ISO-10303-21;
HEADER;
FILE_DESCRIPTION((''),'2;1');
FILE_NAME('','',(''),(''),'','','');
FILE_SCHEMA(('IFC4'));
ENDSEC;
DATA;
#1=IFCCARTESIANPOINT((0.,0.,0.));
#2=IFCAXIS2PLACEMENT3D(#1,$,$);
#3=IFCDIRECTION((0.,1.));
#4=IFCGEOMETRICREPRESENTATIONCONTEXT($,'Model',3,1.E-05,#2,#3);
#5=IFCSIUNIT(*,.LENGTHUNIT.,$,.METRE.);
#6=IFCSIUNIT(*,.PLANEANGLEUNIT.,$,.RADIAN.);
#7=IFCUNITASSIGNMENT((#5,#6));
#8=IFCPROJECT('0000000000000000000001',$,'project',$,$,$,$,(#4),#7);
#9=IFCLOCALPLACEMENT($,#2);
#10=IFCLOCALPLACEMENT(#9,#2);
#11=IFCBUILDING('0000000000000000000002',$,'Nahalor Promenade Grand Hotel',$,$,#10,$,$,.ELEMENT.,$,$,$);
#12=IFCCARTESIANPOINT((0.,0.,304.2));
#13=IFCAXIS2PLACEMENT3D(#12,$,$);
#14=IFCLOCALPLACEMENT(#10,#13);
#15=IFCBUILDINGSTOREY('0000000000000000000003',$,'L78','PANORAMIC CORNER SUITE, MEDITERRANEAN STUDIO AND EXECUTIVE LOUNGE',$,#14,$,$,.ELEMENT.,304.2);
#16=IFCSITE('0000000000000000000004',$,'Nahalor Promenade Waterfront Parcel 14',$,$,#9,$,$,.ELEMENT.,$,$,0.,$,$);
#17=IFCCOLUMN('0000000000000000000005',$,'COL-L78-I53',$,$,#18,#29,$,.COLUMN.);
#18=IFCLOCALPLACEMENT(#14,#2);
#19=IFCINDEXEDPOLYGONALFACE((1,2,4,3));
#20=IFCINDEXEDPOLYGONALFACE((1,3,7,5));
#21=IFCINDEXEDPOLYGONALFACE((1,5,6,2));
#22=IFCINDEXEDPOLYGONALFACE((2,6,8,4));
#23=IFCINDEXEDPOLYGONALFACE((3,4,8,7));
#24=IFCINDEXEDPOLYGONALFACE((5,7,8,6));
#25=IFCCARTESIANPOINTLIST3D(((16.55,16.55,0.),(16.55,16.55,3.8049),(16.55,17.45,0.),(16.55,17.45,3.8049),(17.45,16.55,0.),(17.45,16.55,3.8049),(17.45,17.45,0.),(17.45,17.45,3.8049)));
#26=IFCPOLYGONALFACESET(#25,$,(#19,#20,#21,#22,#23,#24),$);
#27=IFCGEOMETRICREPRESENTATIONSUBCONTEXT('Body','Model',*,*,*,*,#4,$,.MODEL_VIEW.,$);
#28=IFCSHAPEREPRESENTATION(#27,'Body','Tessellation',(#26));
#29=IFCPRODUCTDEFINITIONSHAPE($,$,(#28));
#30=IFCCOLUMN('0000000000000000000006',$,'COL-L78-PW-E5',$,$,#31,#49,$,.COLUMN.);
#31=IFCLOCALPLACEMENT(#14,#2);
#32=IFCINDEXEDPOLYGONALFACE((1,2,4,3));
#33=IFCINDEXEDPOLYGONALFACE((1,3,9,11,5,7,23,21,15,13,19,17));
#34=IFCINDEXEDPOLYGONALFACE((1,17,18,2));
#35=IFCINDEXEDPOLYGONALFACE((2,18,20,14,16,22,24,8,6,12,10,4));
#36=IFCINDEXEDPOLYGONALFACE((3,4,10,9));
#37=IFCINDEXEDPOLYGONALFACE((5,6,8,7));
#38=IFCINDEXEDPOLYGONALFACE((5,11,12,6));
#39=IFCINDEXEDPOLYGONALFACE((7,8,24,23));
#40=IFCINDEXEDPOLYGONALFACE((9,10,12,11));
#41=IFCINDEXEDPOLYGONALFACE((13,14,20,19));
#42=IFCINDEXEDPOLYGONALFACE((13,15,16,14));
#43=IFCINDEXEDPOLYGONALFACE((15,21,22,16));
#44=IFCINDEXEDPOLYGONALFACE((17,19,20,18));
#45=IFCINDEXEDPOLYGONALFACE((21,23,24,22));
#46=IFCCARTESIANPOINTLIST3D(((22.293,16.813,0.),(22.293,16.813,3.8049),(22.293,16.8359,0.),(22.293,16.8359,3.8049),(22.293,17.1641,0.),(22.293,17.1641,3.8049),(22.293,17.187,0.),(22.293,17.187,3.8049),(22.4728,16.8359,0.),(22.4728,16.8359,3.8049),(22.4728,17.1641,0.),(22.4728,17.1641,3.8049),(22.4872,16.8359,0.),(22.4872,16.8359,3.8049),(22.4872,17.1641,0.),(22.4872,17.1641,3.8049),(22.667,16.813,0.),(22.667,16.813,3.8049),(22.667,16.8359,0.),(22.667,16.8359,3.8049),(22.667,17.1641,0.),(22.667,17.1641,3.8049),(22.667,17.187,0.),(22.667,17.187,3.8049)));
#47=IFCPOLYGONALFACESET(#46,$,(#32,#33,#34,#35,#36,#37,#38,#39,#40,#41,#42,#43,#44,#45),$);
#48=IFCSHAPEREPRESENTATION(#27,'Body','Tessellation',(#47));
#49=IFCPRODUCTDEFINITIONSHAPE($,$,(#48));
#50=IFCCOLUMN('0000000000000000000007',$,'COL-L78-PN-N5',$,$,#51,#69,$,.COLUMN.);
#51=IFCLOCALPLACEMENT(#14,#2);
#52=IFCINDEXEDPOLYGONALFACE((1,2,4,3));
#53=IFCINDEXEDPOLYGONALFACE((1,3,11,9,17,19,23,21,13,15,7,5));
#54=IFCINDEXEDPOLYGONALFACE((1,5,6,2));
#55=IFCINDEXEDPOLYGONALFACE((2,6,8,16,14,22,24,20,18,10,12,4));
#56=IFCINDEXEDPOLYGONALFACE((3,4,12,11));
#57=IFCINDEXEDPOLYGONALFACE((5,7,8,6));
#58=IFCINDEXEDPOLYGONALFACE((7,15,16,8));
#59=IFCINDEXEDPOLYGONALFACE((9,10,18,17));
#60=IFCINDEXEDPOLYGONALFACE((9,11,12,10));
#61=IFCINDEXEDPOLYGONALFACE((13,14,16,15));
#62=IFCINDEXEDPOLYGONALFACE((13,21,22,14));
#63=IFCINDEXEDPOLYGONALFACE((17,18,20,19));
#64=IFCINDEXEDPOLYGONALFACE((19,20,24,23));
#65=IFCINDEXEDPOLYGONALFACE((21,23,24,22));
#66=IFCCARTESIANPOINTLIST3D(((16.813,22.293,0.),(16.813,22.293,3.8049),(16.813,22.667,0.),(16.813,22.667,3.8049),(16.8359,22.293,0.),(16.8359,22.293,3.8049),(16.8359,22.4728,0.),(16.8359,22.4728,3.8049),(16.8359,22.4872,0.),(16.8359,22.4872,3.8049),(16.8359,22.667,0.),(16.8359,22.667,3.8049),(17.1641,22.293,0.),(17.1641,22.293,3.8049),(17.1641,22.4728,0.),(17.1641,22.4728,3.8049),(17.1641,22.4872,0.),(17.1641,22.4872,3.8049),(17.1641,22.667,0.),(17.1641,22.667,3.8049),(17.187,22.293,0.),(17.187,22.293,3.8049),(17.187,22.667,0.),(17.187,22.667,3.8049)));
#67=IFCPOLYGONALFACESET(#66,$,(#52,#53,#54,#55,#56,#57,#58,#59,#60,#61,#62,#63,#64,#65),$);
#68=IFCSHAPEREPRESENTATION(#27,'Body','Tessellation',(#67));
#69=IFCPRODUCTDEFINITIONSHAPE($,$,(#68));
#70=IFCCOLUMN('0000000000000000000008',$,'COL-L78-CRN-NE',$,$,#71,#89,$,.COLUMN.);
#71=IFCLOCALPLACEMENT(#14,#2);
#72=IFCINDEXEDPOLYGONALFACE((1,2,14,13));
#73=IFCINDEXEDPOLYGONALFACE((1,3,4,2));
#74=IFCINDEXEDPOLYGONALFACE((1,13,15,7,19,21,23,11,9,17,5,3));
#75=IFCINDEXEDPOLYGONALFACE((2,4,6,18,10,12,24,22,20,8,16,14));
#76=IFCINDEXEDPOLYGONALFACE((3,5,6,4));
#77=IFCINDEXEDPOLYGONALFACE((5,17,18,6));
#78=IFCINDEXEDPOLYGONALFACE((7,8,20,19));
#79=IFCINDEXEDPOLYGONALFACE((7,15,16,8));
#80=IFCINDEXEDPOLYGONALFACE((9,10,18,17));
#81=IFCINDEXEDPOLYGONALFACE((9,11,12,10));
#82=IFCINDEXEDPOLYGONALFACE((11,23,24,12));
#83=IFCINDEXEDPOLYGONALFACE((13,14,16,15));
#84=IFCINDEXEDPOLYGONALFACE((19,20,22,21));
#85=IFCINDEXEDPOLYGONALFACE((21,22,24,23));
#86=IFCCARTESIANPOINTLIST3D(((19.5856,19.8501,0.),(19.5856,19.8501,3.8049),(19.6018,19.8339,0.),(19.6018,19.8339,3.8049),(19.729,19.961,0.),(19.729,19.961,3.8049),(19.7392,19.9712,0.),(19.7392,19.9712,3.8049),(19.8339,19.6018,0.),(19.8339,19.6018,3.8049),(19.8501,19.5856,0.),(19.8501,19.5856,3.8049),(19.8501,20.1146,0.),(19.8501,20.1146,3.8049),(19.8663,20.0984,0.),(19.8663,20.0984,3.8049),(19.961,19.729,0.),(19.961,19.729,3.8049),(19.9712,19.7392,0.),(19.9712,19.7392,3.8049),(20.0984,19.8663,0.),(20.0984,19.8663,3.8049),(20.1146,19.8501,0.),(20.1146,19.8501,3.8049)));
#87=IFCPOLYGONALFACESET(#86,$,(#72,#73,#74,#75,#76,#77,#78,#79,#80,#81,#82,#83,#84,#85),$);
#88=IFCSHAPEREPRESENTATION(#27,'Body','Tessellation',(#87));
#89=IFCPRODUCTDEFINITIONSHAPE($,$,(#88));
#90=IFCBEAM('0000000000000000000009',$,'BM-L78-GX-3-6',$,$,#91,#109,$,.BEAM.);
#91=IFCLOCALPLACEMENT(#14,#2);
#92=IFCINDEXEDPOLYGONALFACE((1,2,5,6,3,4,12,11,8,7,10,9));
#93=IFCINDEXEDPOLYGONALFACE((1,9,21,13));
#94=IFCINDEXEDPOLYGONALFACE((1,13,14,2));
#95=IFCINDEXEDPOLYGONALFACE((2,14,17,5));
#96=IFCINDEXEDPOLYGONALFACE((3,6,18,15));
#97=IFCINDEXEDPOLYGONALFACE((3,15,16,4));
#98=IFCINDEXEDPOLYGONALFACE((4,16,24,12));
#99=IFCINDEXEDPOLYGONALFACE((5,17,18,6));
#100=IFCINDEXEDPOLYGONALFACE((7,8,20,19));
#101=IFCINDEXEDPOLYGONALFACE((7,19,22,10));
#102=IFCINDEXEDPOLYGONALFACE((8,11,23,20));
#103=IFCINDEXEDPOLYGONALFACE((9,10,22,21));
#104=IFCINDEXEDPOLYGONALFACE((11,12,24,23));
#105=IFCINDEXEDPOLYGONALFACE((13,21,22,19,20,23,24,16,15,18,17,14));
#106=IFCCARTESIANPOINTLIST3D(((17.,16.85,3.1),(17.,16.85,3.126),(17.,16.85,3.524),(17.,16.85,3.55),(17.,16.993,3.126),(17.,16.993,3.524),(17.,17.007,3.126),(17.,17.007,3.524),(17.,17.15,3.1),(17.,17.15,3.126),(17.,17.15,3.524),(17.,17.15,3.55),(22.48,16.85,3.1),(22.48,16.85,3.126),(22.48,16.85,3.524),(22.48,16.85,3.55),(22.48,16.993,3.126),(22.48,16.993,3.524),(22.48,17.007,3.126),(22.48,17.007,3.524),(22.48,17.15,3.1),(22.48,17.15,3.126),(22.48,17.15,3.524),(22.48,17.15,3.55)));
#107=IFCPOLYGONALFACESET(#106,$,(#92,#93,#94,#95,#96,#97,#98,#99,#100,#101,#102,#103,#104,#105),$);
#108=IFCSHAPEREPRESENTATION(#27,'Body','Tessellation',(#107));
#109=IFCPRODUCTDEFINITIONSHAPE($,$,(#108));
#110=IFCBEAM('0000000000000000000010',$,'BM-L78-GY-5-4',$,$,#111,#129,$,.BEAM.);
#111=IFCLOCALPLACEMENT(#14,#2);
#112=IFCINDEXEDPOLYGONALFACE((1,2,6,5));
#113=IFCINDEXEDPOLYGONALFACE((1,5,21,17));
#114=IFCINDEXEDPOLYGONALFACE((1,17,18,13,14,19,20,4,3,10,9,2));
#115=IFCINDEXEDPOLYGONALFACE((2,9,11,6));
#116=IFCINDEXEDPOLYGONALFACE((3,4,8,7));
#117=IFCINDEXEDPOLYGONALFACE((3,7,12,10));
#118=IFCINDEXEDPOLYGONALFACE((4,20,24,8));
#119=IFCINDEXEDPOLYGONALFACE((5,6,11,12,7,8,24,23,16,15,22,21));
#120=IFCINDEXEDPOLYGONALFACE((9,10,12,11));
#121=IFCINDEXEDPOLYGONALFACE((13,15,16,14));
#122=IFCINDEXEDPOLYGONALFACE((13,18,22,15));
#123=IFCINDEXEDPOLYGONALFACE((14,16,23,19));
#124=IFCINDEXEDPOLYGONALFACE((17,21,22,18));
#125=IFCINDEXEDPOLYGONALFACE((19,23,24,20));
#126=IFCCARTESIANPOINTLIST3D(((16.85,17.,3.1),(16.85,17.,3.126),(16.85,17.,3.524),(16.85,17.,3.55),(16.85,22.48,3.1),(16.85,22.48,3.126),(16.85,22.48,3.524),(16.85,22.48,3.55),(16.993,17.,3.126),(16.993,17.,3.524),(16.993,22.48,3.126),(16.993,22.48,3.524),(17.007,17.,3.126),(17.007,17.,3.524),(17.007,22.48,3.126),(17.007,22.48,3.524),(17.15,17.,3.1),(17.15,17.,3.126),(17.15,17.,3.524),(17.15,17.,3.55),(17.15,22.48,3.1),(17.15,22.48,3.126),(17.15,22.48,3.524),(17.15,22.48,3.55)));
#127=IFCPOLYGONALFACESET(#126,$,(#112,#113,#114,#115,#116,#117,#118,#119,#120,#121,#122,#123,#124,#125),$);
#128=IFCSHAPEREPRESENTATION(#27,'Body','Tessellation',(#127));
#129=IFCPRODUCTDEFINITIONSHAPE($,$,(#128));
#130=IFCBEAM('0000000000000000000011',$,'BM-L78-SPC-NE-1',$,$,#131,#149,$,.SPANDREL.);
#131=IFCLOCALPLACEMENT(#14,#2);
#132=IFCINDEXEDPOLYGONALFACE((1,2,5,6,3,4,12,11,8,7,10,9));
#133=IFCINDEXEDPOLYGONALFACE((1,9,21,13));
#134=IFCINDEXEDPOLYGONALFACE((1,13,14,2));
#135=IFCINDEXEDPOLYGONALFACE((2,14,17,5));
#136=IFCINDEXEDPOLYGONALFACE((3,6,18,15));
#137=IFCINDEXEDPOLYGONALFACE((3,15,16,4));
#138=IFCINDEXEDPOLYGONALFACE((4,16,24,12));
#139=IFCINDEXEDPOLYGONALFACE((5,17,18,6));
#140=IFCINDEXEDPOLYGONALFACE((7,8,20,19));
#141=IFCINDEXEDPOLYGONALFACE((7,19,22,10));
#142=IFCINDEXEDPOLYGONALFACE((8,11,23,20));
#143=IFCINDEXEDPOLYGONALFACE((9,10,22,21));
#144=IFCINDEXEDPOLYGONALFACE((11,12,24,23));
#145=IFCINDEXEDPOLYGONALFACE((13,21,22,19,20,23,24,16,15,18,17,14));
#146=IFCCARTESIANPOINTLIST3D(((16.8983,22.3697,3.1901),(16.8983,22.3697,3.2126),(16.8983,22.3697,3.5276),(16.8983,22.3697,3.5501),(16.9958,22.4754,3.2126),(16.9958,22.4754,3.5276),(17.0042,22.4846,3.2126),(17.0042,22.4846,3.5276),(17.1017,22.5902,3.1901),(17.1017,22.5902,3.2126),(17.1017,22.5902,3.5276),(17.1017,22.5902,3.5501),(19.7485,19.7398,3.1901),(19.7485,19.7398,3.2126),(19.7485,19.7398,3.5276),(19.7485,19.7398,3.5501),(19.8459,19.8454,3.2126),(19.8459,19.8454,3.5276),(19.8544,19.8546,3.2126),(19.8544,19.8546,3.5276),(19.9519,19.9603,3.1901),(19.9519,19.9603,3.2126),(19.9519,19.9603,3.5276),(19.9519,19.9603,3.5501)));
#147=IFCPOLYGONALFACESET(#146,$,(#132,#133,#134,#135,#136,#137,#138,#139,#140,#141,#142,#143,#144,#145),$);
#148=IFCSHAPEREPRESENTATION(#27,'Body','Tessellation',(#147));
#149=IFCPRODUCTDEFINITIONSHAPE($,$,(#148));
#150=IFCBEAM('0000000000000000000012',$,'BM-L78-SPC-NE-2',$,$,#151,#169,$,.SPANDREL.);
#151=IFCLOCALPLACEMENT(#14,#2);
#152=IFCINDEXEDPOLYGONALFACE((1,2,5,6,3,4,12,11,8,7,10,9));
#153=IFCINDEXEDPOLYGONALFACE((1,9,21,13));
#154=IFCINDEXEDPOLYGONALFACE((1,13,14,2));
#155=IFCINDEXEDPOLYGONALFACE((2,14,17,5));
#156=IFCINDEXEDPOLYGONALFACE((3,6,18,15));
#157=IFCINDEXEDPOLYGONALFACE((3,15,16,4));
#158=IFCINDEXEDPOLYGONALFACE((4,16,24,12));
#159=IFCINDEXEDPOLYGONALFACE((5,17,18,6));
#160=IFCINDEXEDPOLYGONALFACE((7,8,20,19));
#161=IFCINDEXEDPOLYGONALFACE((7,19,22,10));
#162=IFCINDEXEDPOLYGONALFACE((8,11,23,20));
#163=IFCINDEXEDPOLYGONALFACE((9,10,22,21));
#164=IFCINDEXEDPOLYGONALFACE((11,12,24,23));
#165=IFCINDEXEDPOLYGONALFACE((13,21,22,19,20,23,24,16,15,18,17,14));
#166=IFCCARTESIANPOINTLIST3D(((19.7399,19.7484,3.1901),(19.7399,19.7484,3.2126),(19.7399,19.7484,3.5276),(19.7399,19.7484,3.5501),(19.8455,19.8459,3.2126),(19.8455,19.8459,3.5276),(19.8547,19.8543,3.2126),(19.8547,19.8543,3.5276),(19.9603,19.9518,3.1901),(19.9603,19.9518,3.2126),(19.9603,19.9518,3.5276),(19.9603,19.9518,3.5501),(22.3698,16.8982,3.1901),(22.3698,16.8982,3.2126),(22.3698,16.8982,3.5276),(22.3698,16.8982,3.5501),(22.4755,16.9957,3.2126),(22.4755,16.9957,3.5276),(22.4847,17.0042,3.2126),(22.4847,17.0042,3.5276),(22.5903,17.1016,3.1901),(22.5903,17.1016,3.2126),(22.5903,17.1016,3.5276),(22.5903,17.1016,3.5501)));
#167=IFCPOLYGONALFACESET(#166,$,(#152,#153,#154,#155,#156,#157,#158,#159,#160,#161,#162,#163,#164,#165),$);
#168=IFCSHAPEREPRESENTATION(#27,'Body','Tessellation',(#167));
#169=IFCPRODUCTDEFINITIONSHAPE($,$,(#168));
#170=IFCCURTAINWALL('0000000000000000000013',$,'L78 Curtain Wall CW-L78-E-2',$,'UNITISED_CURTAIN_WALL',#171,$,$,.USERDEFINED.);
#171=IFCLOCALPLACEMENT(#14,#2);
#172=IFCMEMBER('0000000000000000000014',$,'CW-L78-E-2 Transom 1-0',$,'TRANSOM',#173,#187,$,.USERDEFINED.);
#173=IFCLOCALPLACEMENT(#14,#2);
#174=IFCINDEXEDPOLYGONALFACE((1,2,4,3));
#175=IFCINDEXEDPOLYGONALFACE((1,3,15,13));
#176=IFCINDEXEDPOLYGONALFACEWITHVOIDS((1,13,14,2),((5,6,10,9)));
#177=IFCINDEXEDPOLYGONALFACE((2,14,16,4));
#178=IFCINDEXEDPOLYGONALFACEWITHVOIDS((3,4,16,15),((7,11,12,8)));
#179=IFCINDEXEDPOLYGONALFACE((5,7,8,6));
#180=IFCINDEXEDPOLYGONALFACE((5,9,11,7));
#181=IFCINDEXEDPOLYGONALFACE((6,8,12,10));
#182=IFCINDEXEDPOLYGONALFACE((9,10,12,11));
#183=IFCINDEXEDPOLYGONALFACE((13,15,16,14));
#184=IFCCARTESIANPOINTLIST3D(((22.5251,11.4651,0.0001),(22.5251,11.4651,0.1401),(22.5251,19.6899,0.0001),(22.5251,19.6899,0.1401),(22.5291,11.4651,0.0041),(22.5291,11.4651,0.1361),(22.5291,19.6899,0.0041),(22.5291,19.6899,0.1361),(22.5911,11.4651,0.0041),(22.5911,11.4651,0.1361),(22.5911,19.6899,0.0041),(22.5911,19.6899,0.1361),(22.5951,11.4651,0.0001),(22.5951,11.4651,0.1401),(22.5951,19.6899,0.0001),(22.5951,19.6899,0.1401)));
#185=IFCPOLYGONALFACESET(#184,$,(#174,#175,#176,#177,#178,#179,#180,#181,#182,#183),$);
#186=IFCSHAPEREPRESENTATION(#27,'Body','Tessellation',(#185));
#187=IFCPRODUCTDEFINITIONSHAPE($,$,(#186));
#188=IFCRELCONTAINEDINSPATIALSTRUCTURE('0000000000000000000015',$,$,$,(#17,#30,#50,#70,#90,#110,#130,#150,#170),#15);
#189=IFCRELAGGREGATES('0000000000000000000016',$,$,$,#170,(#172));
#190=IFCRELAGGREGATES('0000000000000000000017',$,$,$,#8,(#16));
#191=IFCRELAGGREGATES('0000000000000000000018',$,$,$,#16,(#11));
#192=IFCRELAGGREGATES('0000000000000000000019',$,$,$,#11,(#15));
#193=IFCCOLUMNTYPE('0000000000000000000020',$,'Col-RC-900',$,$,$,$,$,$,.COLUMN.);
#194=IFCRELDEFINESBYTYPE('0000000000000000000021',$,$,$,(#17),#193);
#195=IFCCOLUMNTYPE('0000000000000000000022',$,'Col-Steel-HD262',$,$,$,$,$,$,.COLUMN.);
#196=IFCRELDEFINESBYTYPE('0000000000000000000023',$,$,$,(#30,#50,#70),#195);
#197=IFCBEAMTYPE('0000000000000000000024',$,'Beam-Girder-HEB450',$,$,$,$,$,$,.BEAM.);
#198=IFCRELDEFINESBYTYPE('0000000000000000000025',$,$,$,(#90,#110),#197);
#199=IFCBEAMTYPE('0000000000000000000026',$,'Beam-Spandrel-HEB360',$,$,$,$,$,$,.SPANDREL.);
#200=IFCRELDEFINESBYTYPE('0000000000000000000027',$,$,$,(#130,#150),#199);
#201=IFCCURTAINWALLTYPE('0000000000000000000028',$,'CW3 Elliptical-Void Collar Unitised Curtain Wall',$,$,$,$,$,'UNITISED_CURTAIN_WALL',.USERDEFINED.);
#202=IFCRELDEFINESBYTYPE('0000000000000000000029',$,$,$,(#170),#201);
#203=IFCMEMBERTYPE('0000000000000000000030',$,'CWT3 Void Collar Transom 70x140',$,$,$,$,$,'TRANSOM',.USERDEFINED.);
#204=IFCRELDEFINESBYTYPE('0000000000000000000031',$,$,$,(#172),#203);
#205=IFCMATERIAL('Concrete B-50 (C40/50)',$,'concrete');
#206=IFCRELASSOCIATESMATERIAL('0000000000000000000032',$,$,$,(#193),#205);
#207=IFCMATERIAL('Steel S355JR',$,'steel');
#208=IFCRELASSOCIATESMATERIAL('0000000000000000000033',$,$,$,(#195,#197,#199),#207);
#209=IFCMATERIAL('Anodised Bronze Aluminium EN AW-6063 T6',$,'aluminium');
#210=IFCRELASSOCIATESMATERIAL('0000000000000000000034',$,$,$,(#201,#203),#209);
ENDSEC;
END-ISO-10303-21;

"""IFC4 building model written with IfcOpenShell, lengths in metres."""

from ifc_helpers import new_model, si_unit, direction, frame, origin, origin_2d, place, context, subcontext, project, spatial, rectangle, hollow_rectangle, i_section, extrude, source, transform, mapped, material, material_profile, profile_set, type_object, element, aggregate, save


model = new_model("IFC4")

# Units and contexts
model_context = context("Model", 3, precision=1e-05, world=origin(), true_north=direction((0.0, 1.0)))
body_context = subcontext(model_context, "Body", "Model", "MODEL_VIEW")
ifc_project = project(units=[si_unit("LENGTHUNIT", "METRE"), si_unit("PLANEANGLEUNIT", "RADIAN")], contexts=[model_context])

# Site, building, storey
site_placement = place(None, origin())
site = spatial("IfcSite", under=ifc_project, at=site_placement, Name="Nahalor Promenade Waterfront Parcel 14", CompositionType="ELEMENT", RefElevation=0.0)
building_placement = place(site_placement, origin())
building = spatial("IfcBuilding", under=site, at=building_placement, Name="Nahalor Promenade Grand Hotel", CompositionType="ELEMENT")
storey_placement = place(building_placement, frame((0.0, 0.0, 304.2)))
storey = spatial("IfcBuildingStorey", under=building, at=storey_placement, Name="L78", Description="PANORAMIC CORNER SUITE, MEDITERRANEAN STUDIO AND EXECUTIVE LOUNGE", CompositionType="ELEMENT", Elevation=304.2)

# Columns
ifc_material_1 = material(Name="Concrete B-50 (C40/50)", Category="concrete")
ifc_material_profile_1 = material_profile(ifc_material_1, rectangle(XDim=0.9, YDim=0.9, at=origin_2d()), Name="RC 900x900")
ifc_profile_set_1 = profile_set([ifc_material_profile_1], Name="Concrete B-50 (C40/50)")
column_type_1 = type_object("IfcColumnType", Name="Col-RC-900", PredefinedType="COLUMN", material=ifc_profile_set_1)
shared_shape_1 = source(origin(), body_context, "Body", "SweptSolid", [
    extrude(rectangle(XDim=0.9, YDim=0.9, at=origin_2d()), origin(), (0.0, 0.0, 1.0), 3.8049),
])
column_placement = place(storey_placement, frame((17.0, 17.0, 0.0), z_axis=(0.0, 0.0, 1.0), x_axis=(1.0, 0.0, 0.0)))
element("IfcColumn", 1, at=column_placement, inside=storey, type_object=column_type_1, Name="COL-L78-I53", PredefinedType="COLUMN", context=body_context, shape_type="MappedRepresentation", body=[
    mapped(shared_shape_1, transform((0.0, 0.0, 0.0), scale=1.0)),
])
ifc_material_2 = material(Name="Steel S355JR", Category="steel")
ifc_material_profile_2 = material_profile(ifc_material_2, i_section(OverallWidth=0.374, OverallDepth=0.374, WebThickness=0.0144, FlangeThickness=0.0229, at=origin_2d()), Name="HD 360x262")
ifc_profile_set_2 = profile_set([ifc_material_profile_2], Name="Steel S355JR")
column_type_2 = type_object("IfcColumnType", Name="Col-Steel-HD262", PredefinedType="COLUMN", material=ifc_profile_set_2)
shared_shape_2 = source(origin(), body_context, "Body", "SweptSolid", [
    extrude(i_section(OverallWidth=0.374, OverallDepth=0.374, WebThickness=0.0144, FlangeThickness=0.0229, at=origin_2d()), origin(), (0.0, 0.0, 1.0), 3.8049),
])
for number, where, z_axis, x_axis, name in (
    (2, (22.48, 17.0, 0.0), (0.0, 0.0, 1.0), (1.0, 0.0, 0.0), "COL-L78-PW-E5"),
    (3, (17.0, 22.48, 0.0), (0.0, 0.0, 1.0), (0.0, 1.0, 0.0), "COL-L78-PN-N5"),
    (4, (19.8501, 19.8501, 0.0), (0.0, 0.0, 1.0), (0.707107, 0.707107, 0.0), "COL-L78-CRN-NE"),
):
    element("IfcColumn", number, at=place(storey_placement, frame(where, z_axis=z_axis, x_axis=x_axis)), inside=storey, type_object=column_type_2, Name=name, PredefinedType="COLUMN", context=body_context, shape_type="MappedRepresentation", body=[
        mapped(shared_shape_2, transform((0.0, 0.0, 0.0), scale=1.0)),
    ])

# Beams
ifc_material_profile_3 = material_profile(ifc_material_2, i_section(OverallWidth=0.3, OverallDepth=0.45, WebThickness=0.014, FlangeThickness=0.026, at=origin_2d()), Name="HEB 450")
ifc_profile_set_3 = profile_set([ifc_material_profile_3], Name="Steel S355JR")
beam_type_1 = type_object("IfcBeamType", Name="Beam-Girder-HEB450", PredefinedType="BEAM", material=ifc_profile_set_3)
shared_shape_3 = source(origin(), body_context, "Body", "SweptSolid", [
    extrude(i_section(OverallWidth=0.3, OverallDepth=0.45, WebThickness=0.014, FlangeThickness=0.026, at=origin_2d()), origin(), (0.0, 0.0, 1.0), 5.48),
])
for number, where, z_axis, x_axis, name in (
    (5, (17.0, 17.0, 3.325), (1.0, 0.0, 0.0), (0.0, 1.0, 0.0), "BM-L78-GX-3-6"),
    (6, (17.0, 17.0, 3.325), (0.0, 1.0, 0.0), (-1.0, 0.0, 0.0), "BM-L78-GY-5-4"),
):
    element("IfcBeam", number, at=place(storey_placement, frame(where, z_axis=z_axis, x_axis=x_axis)), inside=storey, type_object=beam_type_1, Name=name, PredefinedType="BEAM", context=body_context, shape_type="MappedRepresentation", body=[
        mapped(shared_shape_3, transform((0.0, 0.0, 0.0), scale=1.0)),
    ])
ifc_material_profile_4 = material_profile(ifc_material_2, i_section(OverallWidth=0.3, OverallDepth=0.36, WebThickness=0.0125, FlangeThickness=0.0225, at=origin_2d()), Name="HEB 360")
ifc_profile_set_4 = profile_set([ifc_material_profile_4], Name="Steel S355JR")
beam_type_2 = type_object("IfcBeamType", Name="Beam-Spandrel-HEB360", PredefinedType="SPANDREL", material=ifc_profile_set_4)
shared_shape_4 = source(origin(), body_context, "Body", "SweptSolid", [
    extrude(i_section(OverallWidth=0.3, OverallDepth=0.36, WebThickness=0.0125, FlangeThickness=0.0225, at=origin_2d()), origin(), (0.0, 0.0, 1.0), 3.8782),
])
for number, where, z_axis, x_axis, name in (
    (7, (17.0, 22.48, 3.3701), (0.734929, -0.678144, 0.0), (0.678144, 0.734929, 0.0), "BM-L78-SPC-NE-1"),
    (8, (19.8501, 19.8501, 3.3701), (0.678144, -0.734929, 0.0), (0.734929, 0.678144, 0.0), "BM-L78-SPC-NE-2"),
):
    element("IfcBeam", number, at=place(storey_placement, frame(where, z_axis=z_axis, x_axis=x_axis)), inside=storey, type_object=beam_type_2, Name=name, PredefinedType="SPANDREL", context=body_context, shape_type="MappedRepresentation", body=[
        mapped(shared_shape_4, transform((0.0, 0.0, 0.0), scale=1.0)),
    ])

# Curtain wall, member
ifc_material_3 = material(Name="Anodised Bronze Aluminium EN AW-6063 T6", Category="aluminium")
curtain_wall_type = type_object("IfcCurtainWallType", Name="CW3 Elliptical-Void Collar Unitised Curtain Wall", ElementType="UNITISED_CURTAIN_WALL", PredefinedType="USERDEFINED", material=ifc_material_3)
curtain_wall_1_placement = place(storey_placement, origin())
curtain_wall_1 = element("IfcCurtainWall", 9, at=curtain_wall_1_placement, inside=storey, type_object=curtain_wall_type, Name="L78 Curtain Wall CW-L78-E-2", ObjectType="UNITISED_CURTAIN_WALL", PredefinedType="USERDEFINED")
ifc_material_profile_5 = material_profile(ifc_material_3, hollow_rectangle(XDim=0.07, YDim=0.14, WallThickness=0.004, at=origin_2d()), Name="CWT 70x140x4")
ifc_profile_set_5 = profile_set([ifc_material_profile_5], Name="Anodised Bronze Aluminium EN AW-6063 T6")
member_type_1 = type_object("IfcMemberType", Name="CWT3 Void Collar Transom 70x140", ElementType="TRANSOM", PredefinedType="USERDEFINED", material=ifc_profile_set_5)
shared_shape_5 = source(origin(), body_context, "Body", "SweptSolid", [
    extrude(hollow_rectangle(XDim=0.07, YDim=0.14, WallThickness=0.004, at=origin_2d()), origin(), (0.0, 0.0, 1.0), 8.2249),
])
member_1_placement = place(storey_placement, frame((22.5601, 11.4651, 0.0701), z_axis=(0.0, 1.0, 0.0), x_axis=(-1.0, 0.0, 0.0)))
member_1 = element("IfcMember", 10, at=member_1_placement, type_object=member_type_1, Name="CW-L78-E-2 Transom 1-0", ObjectType="TRANSOM", PredefinedType="USERDEFINED", context=body_context, shape_type="MappedRepresentation", body=[
    mapped(shared_shape_5, transform((0.0, 0.0, 0.0), scale=1.0)),
])

aggregate(curtain_wall_1, [member_1])

save(model, "model.ifc")
